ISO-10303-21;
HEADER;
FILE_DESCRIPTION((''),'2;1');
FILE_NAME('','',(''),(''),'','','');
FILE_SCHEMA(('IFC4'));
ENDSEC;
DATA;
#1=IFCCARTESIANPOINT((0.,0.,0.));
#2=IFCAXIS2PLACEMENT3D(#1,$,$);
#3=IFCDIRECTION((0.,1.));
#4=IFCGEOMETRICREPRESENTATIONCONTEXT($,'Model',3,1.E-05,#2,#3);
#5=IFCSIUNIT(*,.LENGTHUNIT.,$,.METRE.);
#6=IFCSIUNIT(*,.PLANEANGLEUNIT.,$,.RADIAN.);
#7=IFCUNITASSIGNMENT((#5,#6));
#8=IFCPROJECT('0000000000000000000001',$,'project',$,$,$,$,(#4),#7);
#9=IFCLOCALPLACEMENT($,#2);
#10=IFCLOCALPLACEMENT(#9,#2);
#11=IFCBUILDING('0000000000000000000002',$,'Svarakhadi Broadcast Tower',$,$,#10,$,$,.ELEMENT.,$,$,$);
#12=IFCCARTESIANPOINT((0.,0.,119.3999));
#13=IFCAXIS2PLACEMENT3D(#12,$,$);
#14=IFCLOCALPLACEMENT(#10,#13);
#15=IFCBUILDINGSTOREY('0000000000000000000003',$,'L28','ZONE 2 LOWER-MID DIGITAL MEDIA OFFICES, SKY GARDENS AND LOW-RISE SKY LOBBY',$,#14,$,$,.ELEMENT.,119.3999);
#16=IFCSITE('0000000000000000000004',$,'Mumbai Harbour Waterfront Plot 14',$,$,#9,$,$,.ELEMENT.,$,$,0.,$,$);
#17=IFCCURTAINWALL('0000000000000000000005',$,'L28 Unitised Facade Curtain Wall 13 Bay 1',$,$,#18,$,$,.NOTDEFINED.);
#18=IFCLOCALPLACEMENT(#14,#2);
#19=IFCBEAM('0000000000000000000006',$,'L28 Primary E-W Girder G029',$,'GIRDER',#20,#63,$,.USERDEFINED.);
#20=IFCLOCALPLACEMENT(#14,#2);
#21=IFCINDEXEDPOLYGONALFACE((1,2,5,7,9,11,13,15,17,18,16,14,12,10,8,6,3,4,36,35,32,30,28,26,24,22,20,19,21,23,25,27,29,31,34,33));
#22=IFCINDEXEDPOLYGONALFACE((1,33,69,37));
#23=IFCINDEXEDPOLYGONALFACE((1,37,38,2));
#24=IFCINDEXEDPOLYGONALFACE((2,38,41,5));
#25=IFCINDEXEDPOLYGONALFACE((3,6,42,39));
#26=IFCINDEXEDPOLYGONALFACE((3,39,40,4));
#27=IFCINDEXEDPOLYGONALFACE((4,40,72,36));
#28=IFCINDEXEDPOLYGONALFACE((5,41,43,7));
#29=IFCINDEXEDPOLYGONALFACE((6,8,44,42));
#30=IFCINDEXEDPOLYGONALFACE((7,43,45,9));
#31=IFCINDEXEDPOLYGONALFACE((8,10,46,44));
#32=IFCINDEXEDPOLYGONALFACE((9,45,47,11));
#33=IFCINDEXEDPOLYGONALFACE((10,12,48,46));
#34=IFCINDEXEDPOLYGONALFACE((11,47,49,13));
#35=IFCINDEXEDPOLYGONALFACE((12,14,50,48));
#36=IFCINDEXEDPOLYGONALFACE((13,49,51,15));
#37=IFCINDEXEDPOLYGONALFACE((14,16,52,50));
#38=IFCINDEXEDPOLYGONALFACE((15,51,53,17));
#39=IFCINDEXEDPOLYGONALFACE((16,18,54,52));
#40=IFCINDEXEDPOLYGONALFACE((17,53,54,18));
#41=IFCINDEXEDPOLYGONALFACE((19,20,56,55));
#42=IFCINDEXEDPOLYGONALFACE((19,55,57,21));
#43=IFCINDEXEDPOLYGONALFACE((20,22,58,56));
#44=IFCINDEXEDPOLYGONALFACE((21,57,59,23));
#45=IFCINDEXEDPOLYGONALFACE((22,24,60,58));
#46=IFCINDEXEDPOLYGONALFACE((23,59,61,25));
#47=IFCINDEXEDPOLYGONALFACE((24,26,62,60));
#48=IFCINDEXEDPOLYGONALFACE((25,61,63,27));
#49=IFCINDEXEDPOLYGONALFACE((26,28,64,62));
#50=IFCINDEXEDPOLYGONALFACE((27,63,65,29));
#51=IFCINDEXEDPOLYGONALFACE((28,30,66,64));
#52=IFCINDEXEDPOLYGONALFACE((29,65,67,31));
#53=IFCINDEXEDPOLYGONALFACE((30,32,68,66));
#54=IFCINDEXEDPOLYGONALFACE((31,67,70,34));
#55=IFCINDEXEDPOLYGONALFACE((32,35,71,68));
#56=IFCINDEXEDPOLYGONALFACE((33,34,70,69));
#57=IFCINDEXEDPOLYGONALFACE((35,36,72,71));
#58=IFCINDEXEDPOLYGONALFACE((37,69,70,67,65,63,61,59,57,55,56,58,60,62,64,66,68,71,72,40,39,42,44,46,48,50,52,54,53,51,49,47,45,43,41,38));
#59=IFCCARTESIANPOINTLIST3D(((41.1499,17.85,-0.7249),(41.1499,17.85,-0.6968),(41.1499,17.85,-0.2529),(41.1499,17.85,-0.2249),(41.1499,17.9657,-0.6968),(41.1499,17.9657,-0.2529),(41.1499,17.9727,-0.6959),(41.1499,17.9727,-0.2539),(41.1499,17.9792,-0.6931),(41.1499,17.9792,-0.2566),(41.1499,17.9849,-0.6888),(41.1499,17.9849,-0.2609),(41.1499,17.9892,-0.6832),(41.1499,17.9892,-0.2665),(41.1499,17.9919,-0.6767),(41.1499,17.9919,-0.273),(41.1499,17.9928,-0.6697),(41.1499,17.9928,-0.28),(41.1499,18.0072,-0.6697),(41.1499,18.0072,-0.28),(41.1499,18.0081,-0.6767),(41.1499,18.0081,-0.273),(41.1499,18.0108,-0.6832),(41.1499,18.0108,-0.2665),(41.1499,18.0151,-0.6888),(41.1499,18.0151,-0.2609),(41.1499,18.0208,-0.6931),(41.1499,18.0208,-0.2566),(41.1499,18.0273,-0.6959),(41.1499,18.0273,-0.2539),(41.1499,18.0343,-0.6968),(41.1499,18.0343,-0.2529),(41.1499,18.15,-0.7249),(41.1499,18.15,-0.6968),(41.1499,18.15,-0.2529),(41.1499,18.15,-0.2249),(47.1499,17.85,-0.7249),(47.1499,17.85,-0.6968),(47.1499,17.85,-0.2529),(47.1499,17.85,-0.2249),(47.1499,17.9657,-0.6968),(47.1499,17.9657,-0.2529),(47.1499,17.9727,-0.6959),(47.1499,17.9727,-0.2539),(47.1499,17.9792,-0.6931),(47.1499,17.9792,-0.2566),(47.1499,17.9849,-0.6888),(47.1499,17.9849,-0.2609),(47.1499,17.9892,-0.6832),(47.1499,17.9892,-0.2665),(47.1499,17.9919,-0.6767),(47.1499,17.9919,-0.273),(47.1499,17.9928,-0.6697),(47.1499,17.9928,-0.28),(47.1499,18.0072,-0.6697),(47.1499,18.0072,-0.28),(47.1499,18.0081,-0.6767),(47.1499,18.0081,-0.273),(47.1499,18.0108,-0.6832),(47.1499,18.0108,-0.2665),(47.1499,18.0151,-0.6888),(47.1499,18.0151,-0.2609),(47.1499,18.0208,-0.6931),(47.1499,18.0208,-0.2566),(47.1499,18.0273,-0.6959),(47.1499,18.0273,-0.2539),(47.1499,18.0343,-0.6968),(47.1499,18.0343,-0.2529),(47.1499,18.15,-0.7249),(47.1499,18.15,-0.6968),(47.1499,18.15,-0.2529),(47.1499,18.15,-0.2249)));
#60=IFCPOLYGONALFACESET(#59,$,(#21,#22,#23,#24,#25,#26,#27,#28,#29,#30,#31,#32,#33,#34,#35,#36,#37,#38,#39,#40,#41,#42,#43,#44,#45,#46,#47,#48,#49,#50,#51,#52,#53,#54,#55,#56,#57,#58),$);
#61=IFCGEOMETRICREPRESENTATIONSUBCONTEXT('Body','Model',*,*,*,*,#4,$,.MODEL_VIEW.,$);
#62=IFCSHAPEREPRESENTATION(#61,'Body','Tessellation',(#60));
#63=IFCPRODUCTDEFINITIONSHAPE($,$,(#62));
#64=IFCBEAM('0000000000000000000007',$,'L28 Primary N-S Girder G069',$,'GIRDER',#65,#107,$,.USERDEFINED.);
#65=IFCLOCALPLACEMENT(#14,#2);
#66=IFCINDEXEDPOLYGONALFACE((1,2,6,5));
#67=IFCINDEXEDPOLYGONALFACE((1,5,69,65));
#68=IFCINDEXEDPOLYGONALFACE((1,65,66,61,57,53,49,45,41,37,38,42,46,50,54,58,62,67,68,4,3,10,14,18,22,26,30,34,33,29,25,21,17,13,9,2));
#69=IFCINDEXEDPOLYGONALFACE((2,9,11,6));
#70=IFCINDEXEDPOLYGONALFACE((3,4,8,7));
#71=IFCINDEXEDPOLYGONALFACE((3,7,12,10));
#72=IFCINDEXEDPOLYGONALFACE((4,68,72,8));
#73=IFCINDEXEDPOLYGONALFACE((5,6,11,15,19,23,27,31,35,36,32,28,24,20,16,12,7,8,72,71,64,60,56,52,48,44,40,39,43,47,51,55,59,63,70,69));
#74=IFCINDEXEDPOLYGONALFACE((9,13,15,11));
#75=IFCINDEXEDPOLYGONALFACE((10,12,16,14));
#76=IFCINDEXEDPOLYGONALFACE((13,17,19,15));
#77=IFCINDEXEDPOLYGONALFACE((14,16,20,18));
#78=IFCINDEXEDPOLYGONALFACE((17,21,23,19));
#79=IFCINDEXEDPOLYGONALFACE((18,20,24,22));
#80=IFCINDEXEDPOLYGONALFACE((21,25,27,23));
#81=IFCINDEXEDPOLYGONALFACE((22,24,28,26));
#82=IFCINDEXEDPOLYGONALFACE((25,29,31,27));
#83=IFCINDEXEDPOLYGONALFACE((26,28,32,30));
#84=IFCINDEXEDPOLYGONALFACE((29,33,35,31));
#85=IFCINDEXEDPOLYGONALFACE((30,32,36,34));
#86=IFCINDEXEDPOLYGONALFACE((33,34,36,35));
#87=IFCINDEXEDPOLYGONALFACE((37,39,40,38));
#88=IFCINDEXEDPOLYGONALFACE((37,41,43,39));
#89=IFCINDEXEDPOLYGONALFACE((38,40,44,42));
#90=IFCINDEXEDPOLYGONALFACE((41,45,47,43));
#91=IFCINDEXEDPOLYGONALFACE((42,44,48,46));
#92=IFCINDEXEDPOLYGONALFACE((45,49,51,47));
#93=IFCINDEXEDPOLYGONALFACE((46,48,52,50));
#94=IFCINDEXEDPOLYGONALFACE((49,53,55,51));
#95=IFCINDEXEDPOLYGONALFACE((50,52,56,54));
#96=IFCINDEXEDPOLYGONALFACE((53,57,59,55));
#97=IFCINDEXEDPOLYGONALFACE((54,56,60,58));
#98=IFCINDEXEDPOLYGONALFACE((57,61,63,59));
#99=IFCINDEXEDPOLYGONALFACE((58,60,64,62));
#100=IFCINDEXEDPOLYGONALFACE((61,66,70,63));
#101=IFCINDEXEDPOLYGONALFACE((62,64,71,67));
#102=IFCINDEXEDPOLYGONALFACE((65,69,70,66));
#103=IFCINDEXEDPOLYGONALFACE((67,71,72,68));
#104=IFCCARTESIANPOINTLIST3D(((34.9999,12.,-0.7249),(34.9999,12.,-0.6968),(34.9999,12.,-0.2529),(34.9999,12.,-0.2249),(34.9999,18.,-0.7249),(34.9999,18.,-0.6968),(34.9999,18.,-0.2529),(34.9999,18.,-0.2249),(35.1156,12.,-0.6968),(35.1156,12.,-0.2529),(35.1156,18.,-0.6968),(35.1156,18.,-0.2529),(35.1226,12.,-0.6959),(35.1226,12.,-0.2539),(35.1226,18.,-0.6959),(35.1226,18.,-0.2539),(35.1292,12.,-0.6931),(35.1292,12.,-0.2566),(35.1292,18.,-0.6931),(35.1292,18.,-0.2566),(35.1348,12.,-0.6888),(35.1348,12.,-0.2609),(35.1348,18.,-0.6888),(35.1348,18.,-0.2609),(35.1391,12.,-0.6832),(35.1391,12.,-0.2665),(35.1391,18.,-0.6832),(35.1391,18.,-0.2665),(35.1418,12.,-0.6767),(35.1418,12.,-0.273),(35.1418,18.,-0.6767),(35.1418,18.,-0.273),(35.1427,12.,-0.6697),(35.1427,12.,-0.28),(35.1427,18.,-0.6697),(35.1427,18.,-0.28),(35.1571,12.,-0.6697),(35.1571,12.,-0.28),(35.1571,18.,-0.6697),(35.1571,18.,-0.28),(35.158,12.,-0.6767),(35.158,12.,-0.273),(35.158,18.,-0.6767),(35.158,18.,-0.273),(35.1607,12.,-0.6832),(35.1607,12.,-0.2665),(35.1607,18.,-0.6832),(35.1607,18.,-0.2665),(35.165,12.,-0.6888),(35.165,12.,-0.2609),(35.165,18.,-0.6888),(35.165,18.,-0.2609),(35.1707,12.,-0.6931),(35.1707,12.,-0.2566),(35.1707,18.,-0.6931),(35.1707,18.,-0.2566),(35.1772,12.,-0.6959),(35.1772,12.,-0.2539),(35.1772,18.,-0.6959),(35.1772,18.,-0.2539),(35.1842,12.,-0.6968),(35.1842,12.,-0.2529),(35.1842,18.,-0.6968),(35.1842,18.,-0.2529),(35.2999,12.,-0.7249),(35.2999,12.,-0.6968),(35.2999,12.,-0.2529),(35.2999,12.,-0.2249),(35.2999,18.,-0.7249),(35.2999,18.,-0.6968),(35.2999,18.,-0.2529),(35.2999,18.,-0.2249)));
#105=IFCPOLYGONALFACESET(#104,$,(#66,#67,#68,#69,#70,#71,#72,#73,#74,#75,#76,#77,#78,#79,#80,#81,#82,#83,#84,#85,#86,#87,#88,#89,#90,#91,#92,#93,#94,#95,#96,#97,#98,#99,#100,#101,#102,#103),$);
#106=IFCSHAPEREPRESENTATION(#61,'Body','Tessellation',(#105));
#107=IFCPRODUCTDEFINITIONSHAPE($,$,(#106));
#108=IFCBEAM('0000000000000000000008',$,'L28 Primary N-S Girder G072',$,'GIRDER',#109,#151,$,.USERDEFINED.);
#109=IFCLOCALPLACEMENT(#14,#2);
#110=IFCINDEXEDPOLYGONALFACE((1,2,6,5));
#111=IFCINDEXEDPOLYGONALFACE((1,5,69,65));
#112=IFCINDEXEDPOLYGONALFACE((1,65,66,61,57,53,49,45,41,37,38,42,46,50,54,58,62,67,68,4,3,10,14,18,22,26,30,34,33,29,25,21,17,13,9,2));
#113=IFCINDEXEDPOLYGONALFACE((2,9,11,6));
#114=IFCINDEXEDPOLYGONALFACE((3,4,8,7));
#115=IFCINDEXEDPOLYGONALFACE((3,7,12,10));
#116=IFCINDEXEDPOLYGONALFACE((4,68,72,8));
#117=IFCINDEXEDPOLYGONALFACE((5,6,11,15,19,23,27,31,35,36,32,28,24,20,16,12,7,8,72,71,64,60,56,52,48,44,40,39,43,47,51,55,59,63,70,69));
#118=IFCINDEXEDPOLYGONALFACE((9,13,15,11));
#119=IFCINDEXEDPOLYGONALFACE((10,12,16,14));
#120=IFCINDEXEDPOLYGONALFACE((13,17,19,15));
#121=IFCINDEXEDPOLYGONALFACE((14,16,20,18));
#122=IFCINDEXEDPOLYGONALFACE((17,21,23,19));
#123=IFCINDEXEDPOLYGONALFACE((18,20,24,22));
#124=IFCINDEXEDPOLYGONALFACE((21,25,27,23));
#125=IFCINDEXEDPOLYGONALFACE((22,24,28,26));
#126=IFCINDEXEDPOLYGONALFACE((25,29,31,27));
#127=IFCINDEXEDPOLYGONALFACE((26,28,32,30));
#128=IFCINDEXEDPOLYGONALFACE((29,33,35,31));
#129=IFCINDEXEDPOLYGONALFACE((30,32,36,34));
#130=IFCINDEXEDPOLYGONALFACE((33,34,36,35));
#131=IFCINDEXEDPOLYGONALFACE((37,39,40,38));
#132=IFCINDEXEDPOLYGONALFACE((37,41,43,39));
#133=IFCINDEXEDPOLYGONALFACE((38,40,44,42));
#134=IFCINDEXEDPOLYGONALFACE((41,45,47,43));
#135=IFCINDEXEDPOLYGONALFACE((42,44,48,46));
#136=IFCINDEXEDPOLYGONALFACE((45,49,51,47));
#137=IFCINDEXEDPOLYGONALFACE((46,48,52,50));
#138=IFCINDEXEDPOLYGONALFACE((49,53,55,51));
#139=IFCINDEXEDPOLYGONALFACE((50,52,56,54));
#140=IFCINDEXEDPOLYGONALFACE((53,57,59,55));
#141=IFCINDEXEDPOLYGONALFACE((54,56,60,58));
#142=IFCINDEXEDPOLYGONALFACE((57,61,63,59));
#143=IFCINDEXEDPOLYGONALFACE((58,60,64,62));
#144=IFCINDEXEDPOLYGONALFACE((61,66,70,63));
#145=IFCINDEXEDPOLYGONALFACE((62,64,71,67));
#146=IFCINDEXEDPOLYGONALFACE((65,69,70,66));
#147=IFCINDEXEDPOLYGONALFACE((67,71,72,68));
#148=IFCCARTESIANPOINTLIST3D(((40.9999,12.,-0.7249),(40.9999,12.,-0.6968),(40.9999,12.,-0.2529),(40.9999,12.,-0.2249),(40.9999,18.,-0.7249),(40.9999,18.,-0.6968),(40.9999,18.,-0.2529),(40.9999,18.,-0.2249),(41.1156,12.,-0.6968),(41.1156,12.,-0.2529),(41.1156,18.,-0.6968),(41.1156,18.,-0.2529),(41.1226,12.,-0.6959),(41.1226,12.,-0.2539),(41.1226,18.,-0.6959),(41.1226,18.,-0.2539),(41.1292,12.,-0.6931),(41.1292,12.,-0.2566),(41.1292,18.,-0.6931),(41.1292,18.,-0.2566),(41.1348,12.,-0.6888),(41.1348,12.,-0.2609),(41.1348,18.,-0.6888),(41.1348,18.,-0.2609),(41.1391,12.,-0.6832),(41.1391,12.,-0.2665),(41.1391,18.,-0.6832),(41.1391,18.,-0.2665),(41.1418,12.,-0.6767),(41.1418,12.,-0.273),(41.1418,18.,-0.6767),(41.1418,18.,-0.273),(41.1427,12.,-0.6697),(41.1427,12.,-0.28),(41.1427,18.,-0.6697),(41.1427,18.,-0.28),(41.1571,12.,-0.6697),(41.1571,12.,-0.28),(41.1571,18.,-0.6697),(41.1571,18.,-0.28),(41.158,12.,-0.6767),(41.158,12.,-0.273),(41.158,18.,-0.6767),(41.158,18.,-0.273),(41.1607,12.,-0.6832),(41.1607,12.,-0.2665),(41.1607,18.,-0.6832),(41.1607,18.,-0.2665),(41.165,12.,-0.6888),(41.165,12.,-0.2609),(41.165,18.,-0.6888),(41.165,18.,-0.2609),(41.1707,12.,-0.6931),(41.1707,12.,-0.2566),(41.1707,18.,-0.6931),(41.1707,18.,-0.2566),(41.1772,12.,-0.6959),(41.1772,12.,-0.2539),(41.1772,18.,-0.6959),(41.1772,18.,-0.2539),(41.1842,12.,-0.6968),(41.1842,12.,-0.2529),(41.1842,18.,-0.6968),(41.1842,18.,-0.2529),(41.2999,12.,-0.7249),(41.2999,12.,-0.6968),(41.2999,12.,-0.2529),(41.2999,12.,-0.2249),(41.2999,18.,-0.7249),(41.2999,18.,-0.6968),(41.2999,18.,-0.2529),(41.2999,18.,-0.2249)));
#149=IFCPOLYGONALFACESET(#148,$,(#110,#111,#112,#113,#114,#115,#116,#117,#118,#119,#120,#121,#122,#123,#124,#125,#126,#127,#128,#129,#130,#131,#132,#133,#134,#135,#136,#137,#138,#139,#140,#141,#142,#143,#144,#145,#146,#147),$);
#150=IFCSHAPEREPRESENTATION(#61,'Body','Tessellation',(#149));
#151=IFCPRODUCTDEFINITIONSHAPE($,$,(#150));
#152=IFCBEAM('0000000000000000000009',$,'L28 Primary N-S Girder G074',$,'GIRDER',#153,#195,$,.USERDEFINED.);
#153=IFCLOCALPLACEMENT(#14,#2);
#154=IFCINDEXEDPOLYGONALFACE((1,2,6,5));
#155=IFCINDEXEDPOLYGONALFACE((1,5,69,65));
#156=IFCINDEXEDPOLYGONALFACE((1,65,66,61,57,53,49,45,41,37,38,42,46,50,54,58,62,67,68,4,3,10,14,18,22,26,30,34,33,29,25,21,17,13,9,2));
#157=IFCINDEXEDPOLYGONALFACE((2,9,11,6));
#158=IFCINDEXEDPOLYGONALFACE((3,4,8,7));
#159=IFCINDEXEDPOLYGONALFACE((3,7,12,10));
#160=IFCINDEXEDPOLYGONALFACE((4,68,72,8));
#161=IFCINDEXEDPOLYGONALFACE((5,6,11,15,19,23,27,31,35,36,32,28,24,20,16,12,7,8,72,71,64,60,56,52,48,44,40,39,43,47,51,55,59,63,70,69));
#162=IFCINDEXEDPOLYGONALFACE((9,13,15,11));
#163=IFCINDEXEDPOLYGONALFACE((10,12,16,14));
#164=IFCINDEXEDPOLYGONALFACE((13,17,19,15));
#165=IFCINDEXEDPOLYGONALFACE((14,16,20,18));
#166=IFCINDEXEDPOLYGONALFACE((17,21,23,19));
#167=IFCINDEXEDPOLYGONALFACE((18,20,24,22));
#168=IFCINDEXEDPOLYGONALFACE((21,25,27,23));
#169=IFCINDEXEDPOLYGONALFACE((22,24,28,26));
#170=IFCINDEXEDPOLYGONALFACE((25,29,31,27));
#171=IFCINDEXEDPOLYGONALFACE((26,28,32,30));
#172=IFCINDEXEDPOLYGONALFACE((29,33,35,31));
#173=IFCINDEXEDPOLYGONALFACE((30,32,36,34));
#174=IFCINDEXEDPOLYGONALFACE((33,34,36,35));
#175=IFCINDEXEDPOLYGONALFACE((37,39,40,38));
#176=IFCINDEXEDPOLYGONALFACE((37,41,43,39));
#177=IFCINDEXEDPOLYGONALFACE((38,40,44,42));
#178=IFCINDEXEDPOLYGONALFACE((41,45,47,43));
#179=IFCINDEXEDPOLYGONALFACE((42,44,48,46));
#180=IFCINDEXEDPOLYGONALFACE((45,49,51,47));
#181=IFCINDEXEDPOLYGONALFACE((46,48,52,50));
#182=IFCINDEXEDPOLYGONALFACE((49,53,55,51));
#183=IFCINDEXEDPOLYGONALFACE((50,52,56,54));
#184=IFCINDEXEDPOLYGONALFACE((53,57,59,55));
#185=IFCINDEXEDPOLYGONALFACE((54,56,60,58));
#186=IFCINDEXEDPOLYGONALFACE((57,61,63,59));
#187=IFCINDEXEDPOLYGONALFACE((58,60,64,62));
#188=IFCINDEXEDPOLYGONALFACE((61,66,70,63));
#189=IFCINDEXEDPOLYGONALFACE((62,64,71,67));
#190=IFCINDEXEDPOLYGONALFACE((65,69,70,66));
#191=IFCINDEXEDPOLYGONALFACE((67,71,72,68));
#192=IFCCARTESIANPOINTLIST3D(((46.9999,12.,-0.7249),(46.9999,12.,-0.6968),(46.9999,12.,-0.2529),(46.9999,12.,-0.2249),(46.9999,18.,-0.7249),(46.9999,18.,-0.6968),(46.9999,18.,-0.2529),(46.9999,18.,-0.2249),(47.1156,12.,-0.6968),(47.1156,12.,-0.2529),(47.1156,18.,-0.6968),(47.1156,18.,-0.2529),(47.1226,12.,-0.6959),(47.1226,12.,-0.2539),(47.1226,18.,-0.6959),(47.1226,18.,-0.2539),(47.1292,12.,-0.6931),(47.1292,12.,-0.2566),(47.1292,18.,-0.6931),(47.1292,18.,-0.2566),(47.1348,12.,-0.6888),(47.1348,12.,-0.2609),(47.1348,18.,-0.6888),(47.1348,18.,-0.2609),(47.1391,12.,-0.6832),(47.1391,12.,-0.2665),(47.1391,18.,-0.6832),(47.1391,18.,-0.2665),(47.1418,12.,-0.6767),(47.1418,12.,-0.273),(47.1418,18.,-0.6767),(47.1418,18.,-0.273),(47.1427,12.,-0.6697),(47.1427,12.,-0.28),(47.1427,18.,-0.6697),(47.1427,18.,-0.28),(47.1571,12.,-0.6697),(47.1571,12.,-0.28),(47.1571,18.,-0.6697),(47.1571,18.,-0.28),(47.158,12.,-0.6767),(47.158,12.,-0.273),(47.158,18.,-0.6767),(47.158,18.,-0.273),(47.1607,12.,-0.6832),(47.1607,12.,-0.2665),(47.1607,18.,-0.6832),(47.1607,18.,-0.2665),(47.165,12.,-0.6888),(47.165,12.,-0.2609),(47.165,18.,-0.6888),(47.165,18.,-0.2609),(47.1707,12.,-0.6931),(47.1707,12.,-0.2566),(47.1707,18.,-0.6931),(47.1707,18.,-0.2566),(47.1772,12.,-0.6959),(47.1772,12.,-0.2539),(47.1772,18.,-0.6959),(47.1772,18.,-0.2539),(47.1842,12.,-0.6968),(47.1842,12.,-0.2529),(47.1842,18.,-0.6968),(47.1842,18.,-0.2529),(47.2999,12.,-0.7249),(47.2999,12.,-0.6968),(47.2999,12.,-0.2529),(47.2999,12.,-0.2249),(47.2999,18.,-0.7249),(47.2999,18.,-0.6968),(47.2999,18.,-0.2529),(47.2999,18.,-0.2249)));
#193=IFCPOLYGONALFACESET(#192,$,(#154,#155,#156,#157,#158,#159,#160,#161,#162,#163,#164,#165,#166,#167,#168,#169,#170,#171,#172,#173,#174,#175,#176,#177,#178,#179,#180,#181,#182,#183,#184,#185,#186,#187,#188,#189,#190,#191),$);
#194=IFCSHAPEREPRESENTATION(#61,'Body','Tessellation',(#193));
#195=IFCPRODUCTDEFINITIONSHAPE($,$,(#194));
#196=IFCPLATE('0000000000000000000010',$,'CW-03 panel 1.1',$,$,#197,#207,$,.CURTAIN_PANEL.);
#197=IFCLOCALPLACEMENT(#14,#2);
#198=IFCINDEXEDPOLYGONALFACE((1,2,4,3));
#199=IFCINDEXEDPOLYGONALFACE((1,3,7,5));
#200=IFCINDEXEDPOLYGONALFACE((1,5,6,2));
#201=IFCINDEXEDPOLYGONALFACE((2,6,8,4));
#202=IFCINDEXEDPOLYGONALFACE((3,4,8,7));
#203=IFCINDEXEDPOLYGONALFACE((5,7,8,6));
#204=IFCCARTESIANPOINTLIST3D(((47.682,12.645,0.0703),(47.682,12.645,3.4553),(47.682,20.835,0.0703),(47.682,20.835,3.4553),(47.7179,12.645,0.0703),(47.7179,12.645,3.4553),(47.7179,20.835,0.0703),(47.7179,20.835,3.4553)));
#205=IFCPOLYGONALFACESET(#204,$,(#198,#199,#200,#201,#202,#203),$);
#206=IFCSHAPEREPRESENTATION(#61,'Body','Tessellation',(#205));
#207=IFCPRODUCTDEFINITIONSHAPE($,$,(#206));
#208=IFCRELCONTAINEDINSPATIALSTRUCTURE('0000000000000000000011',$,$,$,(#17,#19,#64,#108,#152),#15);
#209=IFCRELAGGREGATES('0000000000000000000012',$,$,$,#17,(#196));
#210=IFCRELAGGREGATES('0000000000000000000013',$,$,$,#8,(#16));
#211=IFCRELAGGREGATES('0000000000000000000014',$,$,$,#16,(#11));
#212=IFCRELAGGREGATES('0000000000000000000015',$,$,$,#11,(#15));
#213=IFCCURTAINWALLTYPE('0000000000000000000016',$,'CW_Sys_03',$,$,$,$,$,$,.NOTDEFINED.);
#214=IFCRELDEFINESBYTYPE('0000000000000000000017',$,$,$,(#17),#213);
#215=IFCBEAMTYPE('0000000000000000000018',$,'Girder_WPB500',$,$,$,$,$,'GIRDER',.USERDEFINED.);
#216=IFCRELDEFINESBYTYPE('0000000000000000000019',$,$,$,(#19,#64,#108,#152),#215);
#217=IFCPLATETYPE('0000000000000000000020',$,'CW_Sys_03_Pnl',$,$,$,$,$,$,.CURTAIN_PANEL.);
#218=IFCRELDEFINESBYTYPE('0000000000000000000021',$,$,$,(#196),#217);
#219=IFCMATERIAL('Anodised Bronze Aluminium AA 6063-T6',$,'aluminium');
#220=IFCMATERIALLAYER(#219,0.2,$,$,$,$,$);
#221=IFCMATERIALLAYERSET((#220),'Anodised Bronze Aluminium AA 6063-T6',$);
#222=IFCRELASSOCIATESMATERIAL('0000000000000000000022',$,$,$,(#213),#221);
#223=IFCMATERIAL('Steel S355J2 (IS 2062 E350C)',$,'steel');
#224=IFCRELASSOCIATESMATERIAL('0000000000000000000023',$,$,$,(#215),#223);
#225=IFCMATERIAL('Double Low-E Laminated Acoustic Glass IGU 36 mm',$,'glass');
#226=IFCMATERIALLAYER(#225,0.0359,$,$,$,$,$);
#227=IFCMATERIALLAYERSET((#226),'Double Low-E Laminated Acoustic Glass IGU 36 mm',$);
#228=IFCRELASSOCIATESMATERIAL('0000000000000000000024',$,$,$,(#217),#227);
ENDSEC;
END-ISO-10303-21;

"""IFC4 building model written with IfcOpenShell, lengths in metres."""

from ifc_helpers import new_model, si_unit, direction, frame, origin, origin_2d, place, context, subcontext, project, spatial, rectangle, i_section, extrude, material, layer, layer_set, material_profile, profile_set, type_object, element, aggregate, save


model = new_model("IFC4")

# Units and contexts
model_context = context("Model", 3, precision=1e-05, world=origin(), true_north=direction((0.0, 1.0)))
body_context = subcontext(model_context, "Body", "Model", "MODEL_VIEW")
ifc_project = project(units=[si_unit("LENGTHUNIT", "METRE"), si_unit("PLANEANGLEUNIT", "RADIAN")], contexts=[model_context])

# Site, building, storey
site_placement = place(None, origin())
site = spatial("IfcSite", under=ifc_project, at=site_placement, Name="Mumbai Harbour Waterfront Plot 14", CompositionType="ELEMENT", RefElevation=0.0)
building_placement = place(site_placement, origin())
building = spatial("IfcBuilding", under=site, at=building_placement, Name="Svarakhadi Broadcast Tower", CompositionType="ELEMENT")
storey_placement = place(building_placement, frame((0.0, 0.0, 119.3999)))
storey = spatial("IfcBuildingStorey", under=building, at=storey_placement, Name="L28", Description="ZONE 2 LOWER-MID DIGITAL MEDIA OFFICES, SKY GARDENS AND LOW-RISE SKY LOBBY", CompositionType="ELEMENT", Elevation=119.3999)

# Shared definitions
ifc_material_1 = material(Name="Steel S355J2 (IS 2062 E350C)", Category="steel")

# Curtain wall
ifc_material_2 = material(Name="Anodised Bronze Aluminium AA 6063-T6", Category="aluminium")
ifc_layer_1 = layer(ifc_material_2, 0.2)
ifc_layer_set_1 = layer_set([ifc_layer_1], Name="Anodised Bronze Aluminium AA 6063-T6")
curtain_wall_type = type_object("IfcCurtainWallType", Name="CW_Sys_03", PredefinedType="NOTDEFINED", material=ifc_layer_set_1)
curtain_wall_placement = place(storey_placement, origin())
curtain_wall = element("IfcCurtainWall", 1, at=curtain_wall_placement, inside=storey, type_object=curtain_wall_type, Name="L28 Unitised Facade Curtain Wall 13 Bay 1", PredefinedType="NOTDEFINED")

# Beams
ifc_material_profile_1 = material_profile(ifc_material_1, i_section(OverallWidth=0.3, OverallDepth=0.5, WebThickness=0.0144, FlangeThickness=0.0281, FilletRadius=0.0271, at=origin_2d()), Name="WPB 500x300x187")
ifc_profile_set_1 = profile_set([ifc_material_profile_1], Name="Steel S355J2 (IS 2062 E350C)")
beam_type_1 = type_object("IfcBeamType", Name="Girder_WPB500", ElementType="GIRDER", PredefinedType="USERDEFINED", material=ifc_profile_set_1)
for number, where, z_axis, x_axis, name in (
    (2, (41.1499, 18.0, -0.4749), (1.0, 0.0, 0.0), (0.0, 1.0, 0.0), "L28 Primary E-W Girder G029"),
    (3, (35.1499, 12.0, -0.4749), (0.0, 1.0, 0.0), (-1.0, 0.0, 0.0), "L28 Primary N-S Girder G069"),
    (4, (41.1499, 12.0, -0.4749), (0.0, 1.0, 0.0), (-1.0, 0.0, 0.0), "L28 Primary N-S Girder G072"),
    (5, (47.1499, 12.0, -0.4749), (0.0, 1.0, 0.0), (-1.0, 0.0, 0.0), "L28 Primary N-S Girder G074"),
):
    element("IfcBeam", number, at=place(storey_placement, frame(where, z_axis=z_axis, x_axis=x_axis)), inside=storey, type_object=beam_type_1, Name=name, ObjectType="GIRDER", PredefinedType="USERDEFINED", context=body_context, shape_type="SweptSolid", body=[
        extrude(i_section(OverallWidth=0.3, OverallDepth=0.5, WebThickness=0.0144, FlangeThickness=0.0281, FilletRadius=0.0271, at=origin_2d()), origin(), (0.0, 0.0, 1.0), 6.0),
    ])

# Plate
ifc_material_3 = material(Name="Double Low-E Laminated Acoustic Glass IGU 36 mm", Category="glass")
ifc_layer_2 = layer(ifc_material_3, 0.0359)
ifc_layer_set_2 = layer_set([ifc_layer_2], Name="Double Low-E Laminated Acoustic Glass IGU 36 mm")
plate_type_1 = type_object("IfcPlateType", Name="CW_Sys_03_Pnl", PredefinedType="CURTAIN_PANEL", material=ifc_layer_set_2)
plate_1_placement = place(storey_placement, frame((47.7, 16.74, 0.0703), z_axis=(0.0, 0.0, 1.0), x_axis=(0.0, -1.0, 0.0)))
plate_1 = element("IfcPlate", 6, at=plate_1_placement, type_object=plate_type_1, Name="CW-03 panel 1.1", PredefinedType="CURTAIN_PANEL", context=body_context, shape_type="SweptSolid", body=[
    extrude(rectangle(XDim=8.1899, YDim=0.0359, at=origin_2d()), origin(), (0.0, 0.0, 1.0), 3.385),
])
aggregate(curtain_wall, [plate_1])

save(model, "model.ifc")
